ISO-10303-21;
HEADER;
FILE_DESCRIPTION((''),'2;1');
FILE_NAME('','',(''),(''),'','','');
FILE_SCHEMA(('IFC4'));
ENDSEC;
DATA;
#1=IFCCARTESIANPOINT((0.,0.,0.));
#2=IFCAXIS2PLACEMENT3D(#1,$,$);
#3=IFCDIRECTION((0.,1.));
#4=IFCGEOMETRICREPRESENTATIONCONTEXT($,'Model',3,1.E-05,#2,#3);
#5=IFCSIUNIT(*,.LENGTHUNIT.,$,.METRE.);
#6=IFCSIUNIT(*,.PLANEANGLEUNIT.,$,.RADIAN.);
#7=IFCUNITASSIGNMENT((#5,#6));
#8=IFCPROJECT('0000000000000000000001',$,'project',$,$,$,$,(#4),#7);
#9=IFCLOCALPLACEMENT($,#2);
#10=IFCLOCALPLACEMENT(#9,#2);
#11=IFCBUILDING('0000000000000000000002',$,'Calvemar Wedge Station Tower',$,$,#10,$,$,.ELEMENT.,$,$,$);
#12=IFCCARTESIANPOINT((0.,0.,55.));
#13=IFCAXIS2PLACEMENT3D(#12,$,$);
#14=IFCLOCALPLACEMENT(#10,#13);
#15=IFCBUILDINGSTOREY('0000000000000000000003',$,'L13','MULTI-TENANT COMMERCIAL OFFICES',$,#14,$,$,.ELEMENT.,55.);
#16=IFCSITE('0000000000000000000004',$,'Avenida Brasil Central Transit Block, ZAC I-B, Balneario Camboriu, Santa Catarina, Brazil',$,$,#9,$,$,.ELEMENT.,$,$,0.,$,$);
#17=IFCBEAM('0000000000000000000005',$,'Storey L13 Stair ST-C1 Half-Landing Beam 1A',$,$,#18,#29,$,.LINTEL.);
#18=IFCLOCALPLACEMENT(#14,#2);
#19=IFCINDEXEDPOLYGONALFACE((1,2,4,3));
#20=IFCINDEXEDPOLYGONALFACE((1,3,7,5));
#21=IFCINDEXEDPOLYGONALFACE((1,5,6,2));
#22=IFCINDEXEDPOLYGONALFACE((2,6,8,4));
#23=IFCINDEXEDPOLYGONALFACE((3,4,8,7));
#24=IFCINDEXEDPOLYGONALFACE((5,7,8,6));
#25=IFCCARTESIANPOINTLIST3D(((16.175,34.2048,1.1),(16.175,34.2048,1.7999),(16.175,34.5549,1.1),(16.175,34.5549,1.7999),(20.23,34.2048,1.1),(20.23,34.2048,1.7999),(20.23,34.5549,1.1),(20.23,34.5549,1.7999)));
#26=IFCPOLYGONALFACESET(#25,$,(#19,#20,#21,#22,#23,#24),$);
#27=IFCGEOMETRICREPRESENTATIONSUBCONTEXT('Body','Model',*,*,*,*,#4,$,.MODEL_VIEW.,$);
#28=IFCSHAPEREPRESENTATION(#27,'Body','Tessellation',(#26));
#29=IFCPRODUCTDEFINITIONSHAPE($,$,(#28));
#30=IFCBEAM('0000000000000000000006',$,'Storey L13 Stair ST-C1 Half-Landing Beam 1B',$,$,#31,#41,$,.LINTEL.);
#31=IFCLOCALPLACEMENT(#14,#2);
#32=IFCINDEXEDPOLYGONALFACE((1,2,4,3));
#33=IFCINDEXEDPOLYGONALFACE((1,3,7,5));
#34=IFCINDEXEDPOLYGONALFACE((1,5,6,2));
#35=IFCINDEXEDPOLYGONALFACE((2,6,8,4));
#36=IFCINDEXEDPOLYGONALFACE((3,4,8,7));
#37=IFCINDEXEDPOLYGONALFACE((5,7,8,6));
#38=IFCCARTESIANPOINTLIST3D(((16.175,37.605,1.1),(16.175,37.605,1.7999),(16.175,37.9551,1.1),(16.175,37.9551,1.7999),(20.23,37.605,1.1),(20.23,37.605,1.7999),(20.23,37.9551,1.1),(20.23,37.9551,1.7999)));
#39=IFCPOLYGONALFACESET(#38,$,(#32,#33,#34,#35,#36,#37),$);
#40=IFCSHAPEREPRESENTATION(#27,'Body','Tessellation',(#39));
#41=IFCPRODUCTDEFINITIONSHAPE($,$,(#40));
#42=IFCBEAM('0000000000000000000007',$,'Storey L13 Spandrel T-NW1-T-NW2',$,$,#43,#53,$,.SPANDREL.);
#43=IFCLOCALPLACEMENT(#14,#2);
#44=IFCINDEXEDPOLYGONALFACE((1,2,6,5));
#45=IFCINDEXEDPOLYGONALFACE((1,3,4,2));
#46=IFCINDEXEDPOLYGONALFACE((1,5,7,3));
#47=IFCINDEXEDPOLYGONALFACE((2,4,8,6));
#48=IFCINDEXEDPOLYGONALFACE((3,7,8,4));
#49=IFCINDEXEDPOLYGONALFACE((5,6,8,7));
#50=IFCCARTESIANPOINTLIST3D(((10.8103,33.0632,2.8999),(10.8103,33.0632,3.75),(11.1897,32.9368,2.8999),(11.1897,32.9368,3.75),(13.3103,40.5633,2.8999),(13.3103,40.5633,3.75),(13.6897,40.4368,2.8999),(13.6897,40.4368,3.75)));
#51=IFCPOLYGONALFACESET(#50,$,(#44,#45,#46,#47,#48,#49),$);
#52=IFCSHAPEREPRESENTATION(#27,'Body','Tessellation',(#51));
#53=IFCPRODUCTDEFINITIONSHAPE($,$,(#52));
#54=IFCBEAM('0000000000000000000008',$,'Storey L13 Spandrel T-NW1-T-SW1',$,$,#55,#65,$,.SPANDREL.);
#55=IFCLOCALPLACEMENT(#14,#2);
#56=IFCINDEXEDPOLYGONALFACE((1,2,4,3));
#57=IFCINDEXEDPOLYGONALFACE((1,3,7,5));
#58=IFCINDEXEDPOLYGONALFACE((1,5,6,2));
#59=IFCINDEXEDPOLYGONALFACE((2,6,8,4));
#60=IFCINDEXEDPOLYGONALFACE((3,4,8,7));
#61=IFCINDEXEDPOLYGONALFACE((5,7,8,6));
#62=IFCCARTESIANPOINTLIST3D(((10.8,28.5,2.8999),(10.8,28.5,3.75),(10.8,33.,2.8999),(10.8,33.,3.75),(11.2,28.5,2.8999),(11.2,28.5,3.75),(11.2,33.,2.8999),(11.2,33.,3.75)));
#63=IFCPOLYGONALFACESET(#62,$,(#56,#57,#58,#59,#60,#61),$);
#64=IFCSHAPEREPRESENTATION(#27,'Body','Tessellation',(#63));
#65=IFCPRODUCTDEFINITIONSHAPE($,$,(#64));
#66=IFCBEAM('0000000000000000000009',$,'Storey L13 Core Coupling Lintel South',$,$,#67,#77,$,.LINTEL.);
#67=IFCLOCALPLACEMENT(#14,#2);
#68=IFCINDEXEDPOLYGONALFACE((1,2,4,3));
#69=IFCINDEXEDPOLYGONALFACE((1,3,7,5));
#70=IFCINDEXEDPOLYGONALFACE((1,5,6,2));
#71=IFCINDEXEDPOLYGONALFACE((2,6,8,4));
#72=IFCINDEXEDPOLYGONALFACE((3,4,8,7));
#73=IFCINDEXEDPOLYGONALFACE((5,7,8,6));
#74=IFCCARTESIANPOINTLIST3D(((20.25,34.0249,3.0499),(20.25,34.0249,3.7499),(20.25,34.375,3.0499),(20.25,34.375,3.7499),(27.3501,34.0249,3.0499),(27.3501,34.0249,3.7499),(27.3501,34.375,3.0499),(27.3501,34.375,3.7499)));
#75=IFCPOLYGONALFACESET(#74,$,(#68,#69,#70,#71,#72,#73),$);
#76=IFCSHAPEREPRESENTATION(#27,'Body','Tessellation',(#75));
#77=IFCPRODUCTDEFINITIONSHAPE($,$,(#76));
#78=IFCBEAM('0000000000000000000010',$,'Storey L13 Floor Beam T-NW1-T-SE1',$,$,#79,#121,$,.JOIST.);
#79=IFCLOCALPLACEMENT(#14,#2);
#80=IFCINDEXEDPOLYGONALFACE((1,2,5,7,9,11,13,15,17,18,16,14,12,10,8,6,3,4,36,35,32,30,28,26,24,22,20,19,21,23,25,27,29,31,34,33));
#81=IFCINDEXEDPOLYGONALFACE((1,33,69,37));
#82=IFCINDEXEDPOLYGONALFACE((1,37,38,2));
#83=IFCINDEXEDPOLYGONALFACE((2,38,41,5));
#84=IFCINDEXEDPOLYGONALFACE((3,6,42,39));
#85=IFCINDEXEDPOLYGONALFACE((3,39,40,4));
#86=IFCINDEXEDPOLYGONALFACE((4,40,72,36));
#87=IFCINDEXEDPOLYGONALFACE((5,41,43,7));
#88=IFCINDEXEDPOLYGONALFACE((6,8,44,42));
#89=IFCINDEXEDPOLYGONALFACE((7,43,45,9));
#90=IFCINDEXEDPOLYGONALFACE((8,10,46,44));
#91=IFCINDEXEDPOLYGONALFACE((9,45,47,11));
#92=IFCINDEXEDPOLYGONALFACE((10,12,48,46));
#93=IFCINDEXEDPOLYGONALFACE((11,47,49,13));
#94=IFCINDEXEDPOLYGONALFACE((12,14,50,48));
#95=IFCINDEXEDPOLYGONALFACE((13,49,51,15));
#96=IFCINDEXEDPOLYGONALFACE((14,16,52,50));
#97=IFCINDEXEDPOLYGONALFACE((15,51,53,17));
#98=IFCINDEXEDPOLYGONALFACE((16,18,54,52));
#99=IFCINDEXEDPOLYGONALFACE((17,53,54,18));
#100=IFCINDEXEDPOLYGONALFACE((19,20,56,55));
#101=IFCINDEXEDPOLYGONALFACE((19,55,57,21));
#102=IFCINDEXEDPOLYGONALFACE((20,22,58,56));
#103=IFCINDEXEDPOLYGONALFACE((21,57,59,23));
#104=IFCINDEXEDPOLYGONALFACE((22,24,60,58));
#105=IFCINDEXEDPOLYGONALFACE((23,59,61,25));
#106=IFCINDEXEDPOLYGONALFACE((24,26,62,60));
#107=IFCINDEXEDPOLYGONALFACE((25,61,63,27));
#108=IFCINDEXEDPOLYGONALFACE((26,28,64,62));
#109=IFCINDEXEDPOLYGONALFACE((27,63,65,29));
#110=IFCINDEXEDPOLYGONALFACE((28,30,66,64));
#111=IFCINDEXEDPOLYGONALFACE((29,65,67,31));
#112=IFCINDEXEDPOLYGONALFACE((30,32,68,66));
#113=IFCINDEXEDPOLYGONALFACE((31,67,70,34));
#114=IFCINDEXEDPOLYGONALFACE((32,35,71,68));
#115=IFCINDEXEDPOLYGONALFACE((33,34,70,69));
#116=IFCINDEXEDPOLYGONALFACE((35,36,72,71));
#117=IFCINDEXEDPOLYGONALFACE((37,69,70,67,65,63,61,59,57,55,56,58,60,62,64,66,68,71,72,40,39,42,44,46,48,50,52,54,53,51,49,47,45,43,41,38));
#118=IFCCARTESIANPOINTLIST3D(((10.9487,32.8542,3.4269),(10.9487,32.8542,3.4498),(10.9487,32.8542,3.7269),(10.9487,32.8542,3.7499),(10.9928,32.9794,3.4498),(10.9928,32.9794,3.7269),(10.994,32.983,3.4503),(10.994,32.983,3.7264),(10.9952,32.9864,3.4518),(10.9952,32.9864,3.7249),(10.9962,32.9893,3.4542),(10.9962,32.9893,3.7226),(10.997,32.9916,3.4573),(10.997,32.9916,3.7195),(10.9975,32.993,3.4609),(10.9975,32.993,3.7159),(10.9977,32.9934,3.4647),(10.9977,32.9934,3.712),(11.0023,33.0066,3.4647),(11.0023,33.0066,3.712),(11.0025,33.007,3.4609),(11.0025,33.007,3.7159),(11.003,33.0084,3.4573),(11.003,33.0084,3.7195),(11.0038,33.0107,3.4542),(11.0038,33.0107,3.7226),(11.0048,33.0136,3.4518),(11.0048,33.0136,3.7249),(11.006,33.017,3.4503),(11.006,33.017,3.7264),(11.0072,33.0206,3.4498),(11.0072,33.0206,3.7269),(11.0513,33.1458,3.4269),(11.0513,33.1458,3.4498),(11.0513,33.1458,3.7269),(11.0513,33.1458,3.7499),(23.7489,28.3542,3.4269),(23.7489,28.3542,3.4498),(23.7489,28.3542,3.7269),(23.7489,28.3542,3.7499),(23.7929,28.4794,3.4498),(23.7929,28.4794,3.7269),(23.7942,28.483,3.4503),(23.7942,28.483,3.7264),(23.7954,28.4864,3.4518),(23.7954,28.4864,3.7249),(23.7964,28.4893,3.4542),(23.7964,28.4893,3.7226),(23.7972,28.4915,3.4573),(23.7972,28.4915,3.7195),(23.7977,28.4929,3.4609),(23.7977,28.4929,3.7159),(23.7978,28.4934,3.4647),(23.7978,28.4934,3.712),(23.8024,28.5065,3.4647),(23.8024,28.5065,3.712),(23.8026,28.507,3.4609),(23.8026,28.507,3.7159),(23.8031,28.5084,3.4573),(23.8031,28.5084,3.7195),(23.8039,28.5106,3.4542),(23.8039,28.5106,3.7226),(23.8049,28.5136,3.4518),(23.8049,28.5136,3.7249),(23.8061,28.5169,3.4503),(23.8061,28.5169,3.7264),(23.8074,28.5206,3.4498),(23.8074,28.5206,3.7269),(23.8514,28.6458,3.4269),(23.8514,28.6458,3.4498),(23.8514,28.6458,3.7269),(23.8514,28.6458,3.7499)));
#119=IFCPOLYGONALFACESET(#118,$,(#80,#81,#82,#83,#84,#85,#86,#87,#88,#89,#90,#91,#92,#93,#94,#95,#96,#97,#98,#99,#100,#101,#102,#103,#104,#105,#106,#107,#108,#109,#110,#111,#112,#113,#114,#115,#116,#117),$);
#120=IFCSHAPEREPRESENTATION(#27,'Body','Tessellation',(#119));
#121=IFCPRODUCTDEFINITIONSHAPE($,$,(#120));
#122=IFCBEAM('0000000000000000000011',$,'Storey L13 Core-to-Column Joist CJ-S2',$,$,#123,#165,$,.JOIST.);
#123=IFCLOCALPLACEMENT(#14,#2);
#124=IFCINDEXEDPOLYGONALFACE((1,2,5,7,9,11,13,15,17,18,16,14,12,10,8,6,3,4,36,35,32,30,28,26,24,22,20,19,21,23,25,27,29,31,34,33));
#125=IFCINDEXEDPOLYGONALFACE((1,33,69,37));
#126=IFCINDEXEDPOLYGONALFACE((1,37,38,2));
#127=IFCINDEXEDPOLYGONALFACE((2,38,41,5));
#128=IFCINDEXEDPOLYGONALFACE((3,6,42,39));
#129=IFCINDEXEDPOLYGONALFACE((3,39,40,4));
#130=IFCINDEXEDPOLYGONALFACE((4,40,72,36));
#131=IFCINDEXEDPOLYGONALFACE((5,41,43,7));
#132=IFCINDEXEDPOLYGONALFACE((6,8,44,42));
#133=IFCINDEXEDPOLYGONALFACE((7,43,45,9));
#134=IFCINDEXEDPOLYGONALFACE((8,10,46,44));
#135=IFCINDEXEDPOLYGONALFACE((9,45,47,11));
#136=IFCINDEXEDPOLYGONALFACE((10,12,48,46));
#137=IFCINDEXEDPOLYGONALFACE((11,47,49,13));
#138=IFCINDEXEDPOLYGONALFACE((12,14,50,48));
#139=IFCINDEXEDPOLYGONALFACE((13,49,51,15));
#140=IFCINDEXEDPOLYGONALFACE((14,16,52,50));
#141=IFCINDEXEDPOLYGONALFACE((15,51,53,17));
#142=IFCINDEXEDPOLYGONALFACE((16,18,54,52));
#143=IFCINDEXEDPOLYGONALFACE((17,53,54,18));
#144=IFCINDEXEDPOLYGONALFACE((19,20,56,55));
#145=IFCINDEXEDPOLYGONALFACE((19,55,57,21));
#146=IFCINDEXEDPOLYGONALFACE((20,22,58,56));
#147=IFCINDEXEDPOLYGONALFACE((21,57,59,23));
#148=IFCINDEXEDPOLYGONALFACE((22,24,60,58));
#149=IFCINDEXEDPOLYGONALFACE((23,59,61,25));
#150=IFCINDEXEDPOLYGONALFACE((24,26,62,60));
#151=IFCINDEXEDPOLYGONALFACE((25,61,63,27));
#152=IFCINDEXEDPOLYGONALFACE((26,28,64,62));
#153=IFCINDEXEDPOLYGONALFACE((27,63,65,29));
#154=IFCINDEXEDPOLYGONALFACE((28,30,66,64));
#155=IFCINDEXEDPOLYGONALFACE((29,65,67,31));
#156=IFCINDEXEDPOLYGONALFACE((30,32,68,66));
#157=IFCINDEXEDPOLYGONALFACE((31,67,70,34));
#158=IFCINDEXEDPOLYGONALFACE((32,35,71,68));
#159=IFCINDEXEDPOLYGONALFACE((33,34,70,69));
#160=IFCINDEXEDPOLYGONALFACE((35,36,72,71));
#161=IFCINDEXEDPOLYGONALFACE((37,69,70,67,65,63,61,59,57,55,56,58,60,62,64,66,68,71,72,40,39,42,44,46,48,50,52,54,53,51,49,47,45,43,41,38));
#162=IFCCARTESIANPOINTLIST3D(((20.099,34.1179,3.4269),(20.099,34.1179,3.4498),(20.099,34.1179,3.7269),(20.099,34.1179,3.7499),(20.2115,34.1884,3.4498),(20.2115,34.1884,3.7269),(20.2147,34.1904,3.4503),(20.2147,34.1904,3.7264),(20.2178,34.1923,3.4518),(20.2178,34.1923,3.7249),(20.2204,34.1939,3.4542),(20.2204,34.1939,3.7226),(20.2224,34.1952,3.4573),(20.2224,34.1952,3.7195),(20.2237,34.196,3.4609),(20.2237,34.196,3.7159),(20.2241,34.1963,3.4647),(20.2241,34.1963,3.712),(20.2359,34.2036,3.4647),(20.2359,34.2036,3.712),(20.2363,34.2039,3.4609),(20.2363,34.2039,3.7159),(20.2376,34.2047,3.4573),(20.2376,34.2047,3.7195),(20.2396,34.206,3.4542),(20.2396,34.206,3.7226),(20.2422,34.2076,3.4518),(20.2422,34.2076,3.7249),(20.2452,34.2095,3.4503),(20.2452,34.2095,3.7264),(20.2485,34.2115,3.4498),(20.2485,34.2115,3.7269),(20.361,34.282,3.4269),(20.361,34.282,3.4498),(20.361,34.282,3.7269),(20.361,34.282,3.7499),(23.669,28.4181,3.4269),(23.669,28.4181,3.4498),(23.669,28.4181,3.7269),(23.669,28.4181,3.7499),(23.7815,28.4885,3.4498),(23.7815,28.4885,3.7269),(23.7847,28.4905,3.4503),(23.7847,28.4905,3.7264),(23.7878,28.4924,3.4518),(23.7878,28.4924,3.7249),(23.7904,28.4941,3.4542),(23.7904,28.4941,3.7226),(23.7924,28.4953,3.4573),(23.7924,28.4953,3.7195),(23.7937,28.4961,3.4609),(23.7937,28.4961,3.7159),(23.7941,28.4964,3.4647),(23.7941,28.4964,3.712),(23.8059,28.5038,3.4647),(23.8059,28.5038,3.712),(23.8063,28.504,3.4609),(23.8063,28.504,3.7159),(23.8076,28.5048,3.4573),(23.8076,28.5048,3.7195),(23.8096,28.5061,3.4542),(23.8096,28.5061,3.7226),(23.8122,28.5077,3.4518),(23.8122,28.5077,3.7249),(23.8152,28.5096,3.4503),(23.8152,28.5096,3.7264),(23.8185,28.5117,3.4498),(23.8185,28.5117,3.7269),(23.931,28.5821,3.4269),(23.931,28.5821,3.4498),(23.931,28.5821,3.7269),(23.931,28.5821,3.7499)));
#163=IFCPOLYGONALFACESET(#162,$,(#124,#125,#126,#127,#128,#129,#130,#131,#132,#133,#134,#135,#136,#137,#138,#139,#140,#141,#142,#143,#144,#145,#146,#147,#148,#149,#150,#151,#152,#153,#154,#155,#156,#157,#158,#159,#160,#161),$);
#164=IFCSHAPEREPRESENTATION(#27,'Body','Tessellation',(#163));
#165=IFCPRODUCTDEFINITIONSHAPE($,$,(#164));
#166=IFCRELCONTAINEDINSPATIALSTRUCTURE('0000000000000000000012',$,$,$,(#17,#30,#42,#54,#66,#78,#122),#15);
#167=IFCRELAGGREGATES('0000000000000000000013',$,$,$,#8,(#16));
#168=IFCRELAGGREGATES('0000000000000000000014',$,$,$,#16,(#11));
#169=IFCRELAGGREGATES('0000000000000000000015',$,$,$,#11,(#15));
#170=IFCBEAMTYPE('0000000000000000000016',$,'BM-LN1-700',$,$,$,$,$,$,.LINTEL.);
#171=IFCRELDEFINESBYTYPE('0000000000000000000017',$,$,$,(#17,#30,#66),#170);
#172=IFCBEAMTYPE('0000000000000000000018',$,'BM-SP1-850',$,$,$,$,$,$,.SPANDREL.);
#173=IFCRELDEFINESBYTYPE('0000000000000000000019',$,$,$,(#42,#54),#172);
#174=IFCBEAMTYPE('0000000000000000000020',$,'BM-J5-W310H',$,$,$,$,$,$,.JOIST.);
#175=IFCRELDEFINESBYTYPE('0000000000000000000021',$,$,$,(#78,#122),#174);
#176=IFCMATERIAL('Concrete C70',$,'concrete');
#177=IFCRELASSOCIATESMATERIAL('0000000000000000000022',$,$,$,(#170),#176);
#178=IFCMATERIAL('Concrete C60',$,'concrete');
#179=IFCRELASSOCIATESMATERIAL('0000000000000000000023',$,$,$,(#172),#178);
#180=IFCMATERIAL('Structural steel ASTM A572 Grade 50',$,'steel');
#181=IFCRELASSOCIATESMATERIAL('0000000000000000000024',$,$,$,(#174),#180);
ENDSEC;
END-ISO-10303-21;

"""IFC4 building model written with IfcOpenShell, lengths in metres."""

from ifc_helpers import new_model, si_unit, direction, frame, origin, origin_2d, place, context, subcontext, project, spatial, rectangle, i_section, extrude, source, transform, mapped, material, material_profile, profile_set, type_object, element, save


model = new_model("IFC4")

# Units and contexts
model_context = context("Model", 3, precision=1e-05, world=origin(), true_north=direction((0.0, 1.0)))
body_context = subcontext(model_context, "Body", "Model", "MODEL_VIEW")
ifc_project = project(units=[si_unit("LENGTHUNIT", "METRE"), si_unit("PLANEANGLEUNIT", "RADIAN")], contexts=[model_context])

# Site, building, storey
site_placement = place(None, origin())
site = spatial("IfcSite", under=ifc_project, at=site_placement, Name="Avenida Brasil Central Transit Block, ZAC I-B, Balneario Camboriu, Santa Catarina, Brazil", CompositionType="ELEMENT", RefElevation=0.0)
building_placement = place(site_placement, origin())
building = spatial("IfcBuilding", under=site, at=building_placement, Name="Calvemar Wedge Station Tower", CompositionType="ELEMENT")
storey_placement = place(building_placement, frame((0.0, 0.0, 55.0)))
storey = spatial("IfcBuildingStorey", under=building, at=storey_placement, Name="L13", Description="MULTI-TENANT COMMERCIAL OFFICES", CompositionType="ELEMENT", Elevation=55.0)

# Beams
ifc_material_1 = material(Name="Concrete C70", Category="concrete")
ifc_material_profile_1 = material_profile(ifc_material_1, rectangle(XDim=0.3501, YDim=0.7, at=origin_2d()), Name="RC350x700")
ifc_profile_set_1 = profile_set([ifc_material_profile_1], Name="Concrete C70")
beam_type_1 = type_object("IfcBeamType", Name="BM-LN1-700", PredefinedType="LINTEL", material=ifc_profile_set_1)
shared_shape_1 = source(origin(), body_context, "Body", "SweptSolid", [
    extrude(rectangle(XDim=0.3501, YDim=0.7, at=origin_2d()), origin(), (0.0, 0.0, 1.0), 4.0549),
])
for number, where, z_axis, x_axis, name in (
    (1, (16.175, 34.3799, 1.45), (1.0, 0.0, 0.0), (0.0, 1.0, 0.0), "Storey L13 Stair ST-C1 Half-Landing Beam 1A"),
    (2, (16.175, 37.78, 1.45), (1.0, 0.0, 0.0), (0.0, 1.0, 0.0), "Storey L13 Stair ST-C1 Half-Landing Beam 1B"),
):
    element("IfcBeam", number, at=place(storey_placement, frame(where, z_axis=z_axis, x_axis=x_axis)), inside=storey, type_object=beam_type_1, Name=name, PredefinedType="LINTEL", context=body_context, shape_type="MappedRepresentation", body=[
        mapped(shared_shape_1, transform((0.0, 0.0, 0.0), scale=1.0)),
    ])
ifc_material_2 = material(Name="Concrete C60", Category="concrete")
ifc_material_profile_2 = material_profile(ifc_material_2, rectangle(XDim=0.3999, YDim=0.8501, at=origin_2d()), Name="RC400x850")
ifc_profile_set_2 = profile_set([ifc_material_profile_2], Name="Concrete C60")
beam_type_2 = type_object("IfcBeamType", Name="BM-SP1-850", PredefinedType="SPANDREL", material=ifc_profile_set_2)
shared_shape_2 = source(origin(), body_context, "Body", "SweptSolid", [
    extrude(rectangle(XDim=0.3999, YDim=0.8501, at=origin_2d()), origin(), (0.0, 0.0, 1.0), 7.9058),
])
beam_1_placement = place(storey_placement, frame((11.0, 33.0, 3.325), z_axis=(0.316228, 0.948683, 0.0), x_axis=(-0.948683, 0.316228, 0.0)))
element("IfcBeam", 3, at=beam_1_placement, inside=storey, type_object=beam_type_2, Name="Storey L13 Spandrel T-NW1-T-NW2", PredefinedType="SPANDREL", context=body_context, shape_type="MappedRepresentation", body=[
    mapped(shared_shape_2, transform((0.0, 0.0, 0.0), scale=1.0)),
])
shared_shape_3 = source(origin(), body_context, "Body", "SweptSolid", [
    extrude(rectangle(XDim=0.3999, YDim=0.8501, at=origin_2d()), origin(), (0.0, 0.0, 1.0), 4.5),
])
beam_2_placement = place(storey_placement, frame((11.0, 33.0, 3.325), z_axis=(0.0, -1.0, 0.0), x_axis=(1.0, 0.0, 0.0)))
element("IfcBeam", 4, at=beam_2_placement, inside=storey, type_object=beam_type_2, Name="Storey L13 Spandrel T-NW1-T-SW1", PredefinedType="SPANDREL", context=body_context, shape_type="MappedRepresentation", body=[
    mapped(shared_shape_3, transform((0.0, 0.0, 0.0), scale=1.0)),
])
shared_shape_4 = source(origin(), body_context, "Body", "SweptSolid", [
    extrude(rectangle(XDim=0.3501, YDim=0.7, at=origin_2d()), origin(), (0.0, 0.0, 1.0), 7.1001),
])
beam_3_placement = place(storey_placement, frame((20.25, 34.2, 3.3999), z_axis=(1.0, 0.0, 0.0), x_axis=(0.0, 1.0, 0.0)))
element("IfcBeam", 5, at=beam_3_placement, inside=storey, type_object=beam_type_1, Name="Storey L13 Core Coupling Lintel South", PredefinedType="LINTEL", context=body_context, shape_type="MappedRepresentation", body=[
    mapped(shared_shape_4, transform((0.0, 0.0, 0.0), scale=1.0)),
])
ifc_material_3 = material(Name="Structural steel ASTM A572 Grade 50", Category="steel")
ifc_material_profile_3 = material_profile(ifc_material_3, i_section(OverallWidth=0.3091, OverallDepth=0.323, WebThickness=0.0139, FlangeThickness=0.0229, FilletRadius=0.0149, at=origin_2d()), Name="W310x143")
ifc_profile_set_3 = profile_set([ifc_material_profile_3], Name="Structural steel ASTM A572 Grade 50")
beam_type_3 = type_object("IfcBeamType", Name="BM-J5-W310H", PredefinedType="JOIST", material=ifc_profile_set_3)
shared_shape_5 = source(origin(), body_context, "Body", "SweptSolid", [
    extrude(i_section(OverallWidth=0.3091, OverallDepth=0.323, WebThickness=0.0139, FlangeThickness=0.0229, FilletRadius=0.0149, at=origin_2d()), origin(), (0.0, 0.0, 1.0), 13.5681),
])
beam_4_placement = place(storey_placement, frame((11.0, 33.0, 3.5884), z_axis=(0.943398, -0.331662, 0.0), x_axis=(0.331662, 0.943398, 0.0)))
element("IfcBeam", 6, at=beam_4_placement, inside=storey, type_object=beam_type_3, Name="Storey L13 Floor Beam T-NW1-T-SE1", PredefinedType="JOIST", context=body_context, shape_type="MappedRepresentation", body=[
    mapped(shared_shape_5, transform((0.0, 0.0, 0.0), scale=1.0)),
])
shared_shape_6 = source(origin(), body_context, "Body", "SweptSolid", [
    extrude(i_section(OverallWidth=0.3091, OverallDepth=0.323, WebThickness=0.0139, FlangeThickness=0.0229, FilletRadius=0.0149, at=origin_2d()), origin(), (0.0, 0.0, 1.0), 6.7256),
])
beam_5_placement = place(storey_placement, frame((20.23, 34.2, 3.5884), z_axis=(0.530811, -0.84749, 0.0), x_axis=(0.84749, 0.530811, 0.0)))
element("IfcBeam", 7, at=beam_5_placement, inside=storey, type_object=beam_type_3, Name="Storey L13 Core-to-Column Joist CJ-S2", PredefinedType="JOIST", context=body_context, shape_type="MappedRepresentation", body=[
    mapped(shared_shape_6, transform((0.0, 0.0, 0.0), scale=1.0)),
])

save(model, "model.ifc")
